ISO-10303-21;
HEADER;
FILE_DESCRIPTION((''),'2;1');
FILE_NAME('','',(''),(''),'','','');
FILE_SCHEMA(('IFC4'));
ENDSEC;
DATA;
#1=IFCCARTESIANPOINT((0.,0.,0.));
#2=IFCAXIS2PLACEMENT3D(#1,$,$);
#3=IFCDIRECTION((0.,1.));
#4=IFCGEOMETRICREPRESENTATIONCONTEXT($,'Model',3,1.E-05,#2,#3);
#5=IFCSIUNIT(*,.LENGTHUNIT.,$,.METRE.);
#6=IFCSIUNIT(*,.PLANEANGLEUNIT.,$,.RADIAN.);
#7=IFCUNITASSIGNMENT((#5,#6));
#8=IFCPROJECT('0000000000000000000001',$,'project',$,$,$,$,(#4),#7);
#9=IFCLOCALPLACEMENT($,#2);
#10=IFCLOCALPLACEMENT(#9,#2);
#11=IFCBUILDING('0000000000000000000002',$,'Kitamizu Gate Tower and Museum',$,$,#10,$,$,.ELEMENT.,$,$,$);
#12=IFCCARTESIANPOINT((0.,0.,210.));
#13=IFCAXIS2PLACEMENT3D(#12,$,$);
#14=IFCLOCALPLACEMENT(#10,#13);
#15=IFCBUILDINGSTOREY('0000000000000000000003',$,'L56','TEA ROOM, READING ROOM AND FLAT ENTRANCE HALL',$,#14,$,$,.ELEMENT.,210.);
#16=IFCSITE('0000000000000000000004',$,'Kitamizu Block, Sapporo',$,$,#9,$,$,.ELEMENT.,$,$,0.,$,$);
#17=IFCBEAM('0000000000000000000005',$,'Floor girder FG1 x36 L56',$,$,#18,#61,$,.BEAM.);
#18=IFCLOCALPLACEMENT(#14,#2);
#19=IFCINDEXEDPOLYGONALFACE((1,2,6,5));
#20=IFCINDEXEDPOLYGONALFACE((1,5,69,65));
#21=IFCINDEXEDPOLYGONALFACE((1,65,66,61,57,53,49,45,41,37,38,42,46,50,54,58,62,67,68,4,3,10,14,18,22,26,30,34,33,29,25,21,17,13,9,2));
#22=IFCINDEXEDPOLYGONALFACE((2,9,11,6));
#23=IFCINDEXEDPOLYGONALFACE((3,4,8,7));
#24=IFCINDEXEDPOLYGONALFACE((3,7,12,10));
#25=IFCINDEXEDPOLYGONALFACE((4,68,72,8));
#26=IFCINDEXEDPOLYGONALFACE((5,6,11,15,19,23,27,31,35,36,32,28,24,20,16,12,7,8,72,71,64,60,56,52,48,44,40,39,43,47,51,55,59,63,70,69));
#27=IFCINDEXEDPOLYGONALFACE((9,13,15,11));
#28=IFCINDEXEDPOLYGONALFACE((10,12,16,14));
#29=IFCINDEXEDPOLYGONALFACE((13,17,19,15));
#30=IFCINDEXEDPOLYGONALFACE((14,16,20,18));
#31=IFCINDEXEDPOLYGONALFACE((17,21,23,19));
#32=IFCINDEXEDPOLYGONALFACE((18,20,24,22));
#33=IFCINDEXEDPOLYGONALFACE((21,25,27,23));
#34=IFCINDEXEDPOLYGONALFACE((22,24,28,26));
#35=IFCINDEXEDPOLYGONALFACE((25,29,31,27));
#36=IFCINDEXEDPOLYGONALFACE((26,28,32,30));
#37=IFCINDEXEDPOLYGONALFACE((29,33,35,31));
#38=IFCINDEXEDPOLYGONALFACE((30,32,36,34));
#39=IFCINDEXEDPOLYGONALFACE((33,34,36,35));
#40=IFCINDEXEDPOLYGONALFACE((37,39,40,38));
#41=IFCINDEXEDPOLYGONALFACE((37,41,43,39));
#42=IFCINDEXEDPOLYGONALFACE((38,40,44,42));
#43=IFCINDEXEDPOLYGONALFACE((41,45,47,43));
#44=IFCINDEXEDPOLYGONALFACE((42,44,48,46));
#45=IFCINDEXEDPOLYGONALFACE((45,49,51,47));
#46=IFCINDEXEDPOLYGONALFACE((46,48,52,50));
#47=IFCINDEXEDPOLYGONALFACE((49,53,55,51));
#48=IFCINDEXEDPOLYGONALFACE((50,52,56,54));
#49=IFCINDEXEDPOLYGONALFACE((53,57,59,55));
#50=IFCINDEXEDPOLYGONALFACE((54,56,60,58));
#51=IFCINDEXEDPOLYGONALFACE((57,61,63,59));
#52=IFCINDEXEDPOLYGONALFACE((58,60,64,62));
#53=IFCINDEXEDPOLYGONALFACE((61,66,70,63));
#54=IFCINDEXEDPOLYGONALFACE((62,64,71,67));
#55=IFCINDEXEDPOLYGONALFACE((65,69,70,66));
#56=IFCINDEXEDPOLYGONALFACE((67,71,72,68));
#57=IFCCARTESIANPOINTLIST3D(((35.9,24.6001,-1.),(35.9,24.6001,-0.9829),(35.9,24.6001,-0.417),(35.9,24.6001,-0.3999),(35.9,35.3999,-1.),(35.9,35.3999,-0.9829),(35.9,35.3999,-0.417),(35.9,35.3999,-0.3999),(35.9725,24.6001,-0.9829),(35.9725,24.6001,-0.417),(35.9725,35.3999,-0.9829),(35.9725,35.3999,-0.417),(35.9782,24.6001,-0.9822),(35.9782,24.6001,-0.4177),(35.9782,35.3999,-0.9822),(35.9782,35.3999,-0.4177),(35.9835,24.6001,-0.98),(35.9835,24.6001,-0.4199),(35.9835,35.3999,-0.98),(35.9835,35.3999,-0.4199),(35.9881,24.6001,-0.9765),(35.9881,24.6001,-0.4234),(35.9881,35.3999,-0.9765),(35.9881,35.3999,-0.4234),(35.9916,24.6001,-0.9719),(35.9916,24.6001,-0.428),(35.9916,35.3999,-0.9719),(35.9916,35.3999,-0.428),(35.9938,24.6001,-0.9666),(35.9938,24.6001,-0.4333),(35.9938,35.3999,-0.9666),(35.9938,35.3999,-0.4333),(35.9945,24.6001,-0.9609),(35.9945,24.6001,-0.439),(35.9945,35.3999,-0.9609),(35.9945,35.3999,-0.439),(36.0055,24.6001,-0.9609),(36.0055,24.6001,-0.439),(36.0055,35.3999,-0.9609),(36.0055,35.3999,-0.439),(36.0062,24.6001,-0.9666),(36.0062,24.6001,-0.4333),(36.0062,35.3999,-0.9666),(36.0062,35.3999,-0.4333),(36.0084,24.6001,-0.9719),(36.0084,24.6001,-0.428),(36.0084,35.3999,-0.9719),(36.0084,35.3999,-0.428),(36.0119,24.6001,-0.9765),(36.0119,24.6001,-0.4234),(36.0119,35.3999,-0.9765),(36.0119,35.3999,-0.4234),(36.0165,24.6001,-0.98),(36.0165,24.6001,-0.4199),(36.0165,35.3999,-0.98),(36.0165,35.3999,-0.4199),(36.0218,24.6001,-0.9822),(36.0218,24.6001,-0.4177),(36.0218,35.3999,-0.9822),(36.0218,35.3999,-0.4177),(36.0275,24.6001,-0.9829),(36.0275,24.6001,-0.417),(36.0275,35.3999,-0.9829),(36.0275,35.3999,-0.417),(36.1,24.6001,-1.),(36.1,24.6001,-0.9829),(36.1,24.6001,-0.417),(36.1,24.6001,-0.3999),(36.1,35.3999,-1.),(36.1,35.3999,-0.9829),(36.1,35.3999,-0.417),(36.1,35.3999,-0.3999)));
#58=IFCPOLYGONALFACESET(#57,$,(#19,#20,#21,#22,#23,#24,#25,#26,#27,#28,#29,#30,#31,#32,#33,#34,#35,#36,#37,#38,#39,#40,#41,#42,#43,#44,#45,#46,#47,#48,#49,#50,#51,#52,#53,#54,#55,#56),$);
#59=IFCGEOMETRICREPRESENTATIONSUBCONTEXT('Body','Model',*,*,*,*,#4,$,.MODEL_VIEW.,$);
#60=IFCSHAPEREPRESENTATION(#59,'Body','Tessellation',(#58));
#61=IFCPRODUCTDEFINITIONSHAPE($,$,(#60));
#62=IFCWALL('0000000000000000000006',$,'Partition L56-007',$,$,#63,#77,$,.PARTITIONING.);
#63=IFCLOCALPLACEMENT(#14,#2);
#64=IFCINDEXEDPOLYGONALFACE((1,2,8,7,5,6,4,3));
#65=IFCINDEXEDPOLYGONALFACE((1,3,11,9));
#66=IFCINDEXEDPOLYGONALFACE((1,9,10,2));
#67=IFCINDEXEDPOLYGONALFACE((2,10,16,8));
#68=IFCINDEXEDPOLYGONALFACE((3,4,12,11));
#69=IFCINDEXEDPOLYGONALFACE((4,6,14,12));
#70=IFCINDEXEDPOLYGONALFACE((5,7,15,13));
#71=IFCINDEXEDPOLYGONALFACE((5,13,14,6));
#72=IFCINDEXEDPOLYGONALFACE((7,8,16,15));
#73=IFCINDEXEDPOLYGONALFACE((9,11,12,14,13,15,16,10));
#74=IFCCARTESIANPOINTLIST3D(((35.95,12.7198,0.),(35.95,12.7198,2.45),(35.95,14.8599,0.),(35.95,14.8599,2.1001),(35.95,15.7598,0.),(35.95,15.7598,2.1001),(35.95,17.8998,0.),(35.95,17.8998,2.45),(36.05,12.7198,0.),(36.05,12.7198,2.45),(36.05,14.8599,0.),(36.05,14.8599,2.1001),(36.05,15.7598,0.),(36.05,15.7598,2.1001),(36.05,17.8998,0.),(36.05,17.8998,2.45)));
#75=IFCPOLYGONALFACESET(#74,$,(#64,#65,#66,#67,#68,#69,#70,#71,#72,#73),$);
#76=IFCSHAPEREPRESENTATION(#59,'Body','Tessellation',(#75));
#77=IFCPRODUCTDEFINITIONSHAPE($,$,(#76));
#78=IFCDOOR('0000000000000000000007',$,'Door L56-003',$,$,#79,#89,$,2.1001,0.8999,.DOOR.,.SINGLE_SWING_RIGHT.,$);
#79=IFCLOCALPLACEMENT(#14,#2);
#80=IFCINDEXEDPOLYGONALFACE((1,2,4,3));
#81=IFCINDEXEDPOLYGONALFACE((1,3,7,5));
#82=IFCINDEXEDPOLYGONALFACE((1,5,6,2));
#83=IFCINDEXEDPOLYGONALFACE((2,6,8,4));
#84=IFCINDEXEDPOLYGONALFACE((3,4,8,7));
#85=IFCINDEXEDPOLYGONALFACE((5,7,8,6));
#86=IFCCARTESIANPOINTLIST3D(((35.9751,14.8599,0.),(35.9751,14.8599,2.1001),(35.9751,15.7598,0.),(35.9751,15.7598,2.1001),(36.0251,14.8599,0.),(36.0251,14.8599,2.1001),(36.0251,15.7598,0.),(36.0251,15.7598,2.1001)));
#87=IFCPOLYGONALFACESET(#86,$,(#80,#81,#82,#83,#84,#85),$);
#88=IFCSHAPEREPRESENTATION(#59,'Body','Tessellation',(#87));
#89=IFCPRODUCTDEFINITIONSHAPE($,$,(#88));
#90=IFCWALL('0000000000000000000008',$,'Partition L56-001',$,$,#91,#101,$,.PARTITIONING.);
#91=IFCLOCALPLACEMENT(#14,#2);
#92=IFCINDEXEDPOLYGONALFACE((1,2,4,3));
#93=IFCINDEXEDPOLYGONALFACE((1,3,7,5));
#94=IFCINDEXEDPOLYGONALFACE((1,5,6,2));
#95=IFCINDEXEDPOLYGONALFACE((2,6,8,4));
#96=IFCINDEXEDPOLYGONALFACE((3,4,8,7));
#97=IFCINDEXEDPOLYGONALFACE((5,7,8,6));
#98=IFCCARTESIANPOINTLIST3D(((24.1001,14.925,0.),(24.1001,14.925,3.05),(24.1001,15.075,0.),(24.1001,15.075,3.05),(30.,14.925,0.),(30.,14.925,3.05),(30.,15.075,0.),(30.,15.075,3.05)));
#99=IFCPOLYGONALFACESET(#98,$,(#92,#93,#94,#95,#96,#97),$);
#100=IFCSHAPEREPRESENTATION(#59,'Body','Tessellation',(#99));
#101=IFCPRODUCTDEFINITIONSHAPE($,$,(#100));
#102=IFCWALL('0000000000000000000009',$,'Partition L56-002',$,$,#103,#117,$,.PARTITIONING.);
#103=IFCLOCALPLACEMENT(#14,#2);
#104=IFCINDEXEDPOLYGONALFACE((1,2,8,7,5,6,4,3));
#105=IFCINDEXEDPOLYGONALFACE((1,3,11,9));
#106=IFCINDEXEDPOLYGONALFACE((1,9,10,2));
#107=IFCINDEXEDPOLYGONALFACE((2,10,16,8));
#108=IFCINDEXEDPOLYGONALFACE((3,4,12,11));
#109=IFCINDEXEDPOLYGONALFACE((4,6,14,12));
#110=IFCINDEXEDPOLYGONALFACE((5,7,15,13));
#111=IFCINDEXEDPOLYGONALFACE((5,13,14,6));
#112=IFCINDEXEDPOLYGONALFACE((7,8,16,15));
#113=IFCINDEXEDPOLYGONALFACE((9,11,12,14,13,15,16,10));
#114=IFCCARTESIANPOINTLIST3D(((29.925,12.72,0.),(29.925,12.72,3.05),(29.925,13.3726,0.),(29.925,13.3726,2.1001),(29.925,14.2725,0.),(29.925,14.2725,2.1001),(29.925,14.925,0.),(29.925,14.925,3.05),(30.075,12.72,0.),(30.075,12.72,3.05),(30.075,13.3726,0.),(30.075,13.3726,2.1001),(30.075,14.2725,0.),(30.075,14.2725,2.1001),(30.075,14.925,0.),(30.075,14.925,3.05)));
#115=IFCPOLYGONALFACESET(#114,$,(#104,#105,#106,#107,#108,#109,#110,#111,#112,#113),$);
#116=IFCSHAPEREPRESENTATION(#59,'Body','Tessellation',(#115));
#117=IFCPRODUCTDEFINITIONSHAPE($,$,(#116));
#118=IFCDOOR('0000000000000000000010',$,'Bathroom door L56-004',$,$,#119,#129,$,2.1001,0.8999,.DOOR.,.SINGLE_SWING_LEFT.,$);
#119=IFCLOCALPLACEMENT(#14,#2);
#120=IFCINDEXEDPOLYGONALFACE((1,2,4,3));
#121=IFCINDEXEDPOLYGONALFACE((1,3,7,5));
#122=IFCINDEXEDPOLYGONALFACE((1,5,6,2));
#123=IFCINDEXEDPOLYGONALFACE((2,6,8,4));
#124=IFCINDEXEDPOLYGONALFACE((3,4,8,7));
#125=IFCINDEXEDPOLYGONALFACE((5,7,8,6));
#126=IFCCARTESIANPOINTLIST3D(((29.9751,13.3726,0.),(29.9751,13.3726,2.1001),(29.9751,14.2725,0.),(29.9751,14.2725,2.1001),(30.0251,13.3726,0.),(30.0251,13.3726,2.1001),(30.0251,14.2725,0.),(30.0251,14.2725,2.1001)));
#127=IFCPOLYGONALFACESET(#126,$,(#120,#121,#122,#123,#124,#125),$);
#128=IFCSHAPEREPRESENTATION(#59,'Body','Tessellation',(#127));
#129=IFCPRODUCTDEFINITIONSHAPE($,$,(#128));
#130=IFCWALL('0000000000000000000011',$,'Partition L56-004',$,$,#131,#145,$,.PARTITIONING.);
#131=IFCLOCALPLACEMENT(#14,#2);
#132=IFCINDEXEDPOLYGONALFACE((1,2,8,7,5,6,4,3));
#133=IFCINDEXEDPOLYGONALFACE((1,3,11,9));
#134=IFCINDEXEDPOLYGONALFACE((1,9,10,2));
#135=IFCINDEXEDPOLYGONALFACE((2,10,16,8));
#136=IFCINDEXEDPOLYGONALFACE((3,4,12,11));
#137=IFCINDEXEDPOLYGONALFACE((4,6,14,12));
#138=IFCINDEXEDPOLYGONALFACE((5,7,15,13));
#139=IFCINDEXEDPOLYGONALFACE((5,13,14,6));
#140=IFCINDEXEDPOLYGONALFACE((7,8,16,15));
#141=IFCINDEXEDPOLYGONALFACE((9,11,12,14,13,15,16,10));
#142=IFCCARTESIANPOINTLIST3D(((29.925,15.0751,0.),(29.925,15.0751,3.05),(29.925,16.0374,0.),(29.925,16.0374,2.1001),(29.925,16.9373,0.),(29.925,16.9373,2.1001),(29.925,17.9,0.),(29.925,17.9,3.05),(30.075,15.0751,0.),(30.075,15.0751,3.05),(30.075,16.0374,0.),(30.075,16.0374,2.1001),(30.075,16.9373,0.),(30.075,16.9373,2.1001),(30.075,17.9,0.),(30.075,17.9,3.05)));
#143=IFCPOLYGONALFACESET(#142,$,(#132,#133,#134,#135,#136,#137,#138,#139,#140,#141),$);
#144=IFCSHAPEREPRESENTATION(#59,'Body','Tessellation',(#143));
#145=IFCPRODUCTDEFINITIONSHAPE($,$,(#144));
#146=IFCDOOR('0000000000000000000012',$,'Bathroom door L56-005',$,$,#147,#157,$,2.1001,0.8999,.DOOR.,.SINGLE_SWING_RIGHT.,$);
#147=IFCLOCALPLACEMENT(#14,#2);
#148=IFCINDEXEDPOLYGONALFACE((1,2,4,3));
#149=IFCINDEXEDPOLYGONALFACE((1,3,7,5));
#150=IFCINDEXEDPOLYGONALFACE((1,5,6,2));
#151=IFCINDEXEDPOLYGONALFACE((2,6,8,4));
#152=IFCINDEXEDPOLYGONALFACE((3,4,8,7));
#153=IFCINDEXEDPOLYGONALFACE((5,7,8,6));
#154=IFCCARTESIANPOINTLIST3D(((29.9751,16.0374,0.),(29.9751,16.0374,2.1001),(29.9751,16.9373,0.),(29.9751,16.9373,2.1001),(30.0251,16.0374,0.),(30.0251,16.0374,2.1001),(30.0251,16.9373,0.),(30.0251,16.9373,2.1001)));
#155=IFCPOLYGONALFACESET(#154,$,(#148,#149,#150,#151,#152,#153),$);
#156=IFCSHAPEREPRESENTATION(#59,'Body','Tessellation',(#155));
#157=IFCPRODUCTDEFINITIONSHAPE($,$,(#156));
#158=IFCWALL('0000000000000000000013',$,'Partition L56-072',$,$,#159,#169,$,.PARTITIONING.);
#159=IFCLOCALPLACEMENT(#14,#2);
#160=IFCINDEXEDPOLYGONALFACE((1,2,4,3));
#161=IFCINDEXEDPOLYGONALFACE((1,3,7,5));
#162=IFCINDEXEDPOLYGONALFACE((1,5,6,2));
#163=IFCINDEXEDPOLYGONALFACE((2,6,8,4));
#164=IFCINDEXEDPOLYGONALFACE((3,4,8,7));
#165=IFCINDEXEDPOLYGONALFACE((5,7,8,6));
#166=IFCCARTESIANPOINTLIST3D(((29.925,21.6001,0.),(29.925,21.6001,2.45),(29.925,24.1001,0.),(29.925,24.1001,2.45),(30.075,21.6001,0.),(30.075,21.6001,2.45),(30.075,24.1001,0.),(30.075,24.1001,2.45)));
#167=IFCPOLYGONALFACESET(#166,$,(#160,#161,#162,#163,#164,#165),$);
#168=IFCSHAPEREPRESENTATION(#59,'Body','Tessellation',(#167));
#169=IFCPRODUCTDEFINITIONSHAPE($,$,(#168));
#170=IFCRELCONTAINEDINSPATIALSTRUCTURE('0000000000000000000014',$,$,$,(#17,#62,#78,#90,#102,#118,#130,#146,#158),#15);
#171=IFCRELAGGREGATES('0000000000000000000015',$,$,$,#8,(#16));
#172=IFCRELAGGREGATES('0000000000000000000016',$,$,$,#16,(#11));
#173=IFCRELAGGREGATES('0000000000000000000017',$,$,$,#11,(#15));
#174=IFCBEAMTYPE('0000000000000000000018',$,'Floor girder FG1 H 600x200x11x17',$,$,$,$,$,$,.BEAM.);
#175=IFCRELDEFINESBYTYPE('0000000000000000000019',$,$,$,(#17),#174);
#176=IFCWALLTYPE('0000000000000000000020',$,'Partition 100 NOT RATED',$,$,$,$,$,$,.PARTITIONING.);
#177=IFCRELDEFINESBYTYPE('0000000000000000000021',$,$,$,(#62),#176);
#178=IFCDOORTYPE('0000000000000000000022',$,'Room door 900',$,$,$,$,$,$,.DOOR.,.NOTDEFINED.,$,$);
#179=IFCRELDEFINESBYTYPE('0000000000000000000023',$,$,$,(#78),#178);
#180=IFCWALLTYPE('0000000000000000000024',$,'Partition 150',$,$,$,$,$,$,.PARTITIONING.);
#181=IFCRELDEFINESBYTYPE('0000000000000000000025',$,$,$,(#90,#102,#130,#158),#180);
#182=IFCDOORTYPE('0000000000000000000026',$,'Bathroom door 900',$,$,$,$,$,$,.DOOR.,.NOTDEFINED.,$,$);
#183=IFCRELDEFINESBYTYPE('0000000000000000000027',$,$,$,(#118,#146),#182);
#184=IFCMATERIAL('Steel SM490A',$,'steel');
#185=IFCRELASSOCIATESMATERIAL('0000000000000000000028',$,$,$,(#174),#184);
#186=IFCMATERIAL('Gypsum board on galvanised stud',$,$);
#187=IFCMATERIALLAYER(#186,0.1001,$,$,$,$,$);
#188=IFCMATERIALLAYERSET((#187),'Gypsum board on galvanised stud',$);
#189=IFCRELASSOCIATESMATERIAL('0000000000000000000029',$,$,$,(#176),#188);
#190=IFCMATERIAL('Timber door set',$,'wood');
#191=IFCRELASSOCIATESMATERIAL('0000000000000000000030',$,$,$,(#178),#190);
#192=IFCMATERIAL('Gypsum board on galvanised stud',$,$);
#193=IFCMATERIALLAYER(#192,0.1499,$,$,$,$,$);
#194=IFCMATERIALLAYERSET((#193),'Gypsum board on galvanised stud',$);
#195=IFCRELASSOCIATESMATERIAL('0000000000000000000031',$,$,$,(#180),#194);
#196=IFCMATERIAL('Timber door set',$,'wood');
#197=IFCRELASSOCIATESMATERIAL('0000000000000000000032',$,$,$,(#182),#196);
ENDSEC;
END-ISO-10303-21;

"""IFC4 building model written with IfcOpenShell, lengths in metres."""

from ifc_helpers import new_model, si_unit, direction, frame, frame_2d, origin, origin_2d, place, context, subcontext, project, spatial, rectangle, i_section, extrude, material, layer, layer_set, material_profile, profile_set, type_object, element, fill, save


model = new_model("IFC4")

# Units and contexts
model_context = context("Model", 3, precision=1e-05, world=origin(), true_north=direction((0.0, 1.0)))
body_context = subcontext(model_context, "Body", "Model", "MODEL_VIEW")
ifc_project = project(units=[si_unit("LENGTHUNIT", "METRE"), si_unit("PLANEANGLEUNIT", "RADIAN")], contexts=[model_context])

# Site, building, storey
site_placement = place(None, origin())
site = spatial("IfcSite", under=ifc_project, at=site_placement, Name="Kitamizu Block, Sapporo", CompositionType="ELEMENT", RefElevation=0.0)
building_placement = place(site_placement, origin())
building = spatial("IfcBuilding", under=site, at=building_placement, Name="Kitamizu Gate Tower and Museum", CompositionType="ELEMENT")
storey_placement = place(building_placement, frame((0.0, 0.0, 210.0)))
storey = spatial("IfcBuildingStorey", under=building, at=storey_placement, Name="L56", Description="TEA ROOM, READING ROOM AND FLAT ENTRANCE HALL", CompositionType="ELEMENT", Elevation=210.0)

# Beam
ifc_material_1 = material(Name="Steel SM490A", Category="steel")
ifc_material_profile_1 = material_profile(ifc_material_1, i_section(OverallWidth=0.2, OverallDepth=0.6001, WebThickness=0.011, FlangeThickness=0.0171, FilletRadius=0.022, at=origin_2d()), Name="H-600x200x11x17")
ifc_profile_set_1 = profile_set([ifc_material_profile_1], Name="Steel SM490A")
beam_type_1 = type_object("IfcBeamType", Name="Floor girder FG1 H 600x200x11x17", PredefinedType="BEAM", material=ifc_profile_set_1)
beam_1_placement = place(storey_placement, frame((36.0, 24.6001, -0.7), z_axis=(0.0, 1.0, 0.0), x_axis=(-1.0, 0.0, 0.0)))
element("IfcBeam", 1, at=beam_1_placement, inside=storey, type_object=beam_type_1, Name="Floor girder FG1 x36 L56", PredefinedType="BEAM", context=body_context, shape_type="SweptSolid", body=[
    extrude(i_section(OverallWidth=0.2, OverallDepth=0.6001, WebThickness=0.011, FlangeThickness=0.0171, FilletRadius=0.022, at=origin_2d()), origin(), (0.0, 0.0, 1.0), 10.7998),
])

# Wall, opening, door
ifc_material_2 = material(Name="Gypsum board on galvanised stud")
ifc_layer_1 = layer(ifc_material_2, 0.1001)
ifc_layer_set_1 = layer_set([ifc_layer_1], Name="Gypsum board on galvanised stud")
wall_type_1 = type_object("IfcWallType", Name="Partition 100 NOT RATED", PredefinedType="PARTITIONING", material=ifc_layer_set_1)
wall_1_placement = place(storey_placement, frame((36.0, 12.72, 0.0), z_axis=(0.0, 0.0, 1.0), x_axis=(0.0, 1.0, 0.0)))
wall_1 = element("IfcWall", 2, at=wall_1_placement, inside=storey, type_object=wall_type_1, Name="Partition L56-007", PredefinedType="PARTITIONING", context=body_context, shape_type="SweptSolid", body=[
    extrude(rectangle(XDim=5.1799, YDim=0.1001, at=frame_2d((2.5898, 0.0))), origin(), (0.0, 0.0, 1.0), 2.45),
])
opening_1_placement = place(wall_1_placement, frame((2.1399, 0.0, 0.0)))
opening_1 = element("IfcOpeningElement", 3, at=opening_1_placement, cuts=wall_1, PredefinedType="OPENING", context=body_context, shape_type="SweptSolid", body=[
    extrude(rectangle(XDim=0.8999, YDim=2.1001, at=frame_2d((0.45, 1.05))), frame((0.0, 0.0601, 0.0), z_axis=(0.0, -1.0, 0.0), x_axis=(1.0, 0.0, 0.0)), (0.0, 0.0, 1.0), 0.1201),
])
ifc_material_3 = material(Name="Timber door set", Category="wood")
door_type_1 = type_object("IfcDoorType", Name="Room door 900", OperationType="NOTDEFINED", PredefinedType="DOOR", material=ifc_material_3)
door_1_placement = place(opening_1_placement, origin())
door_1 = element("IfcDoor", 4, at=door_1_placement, inside=storey, type_object=door_type_1, Name="Door L56-003", OperationType="SINGLE_SWING_RIGHT", OverallHeight=2.1001, OverallWidth=0.8999, PredefinedType="DOOR", context=body_context, shape_type="SweptSolid", body=[
    extrude(rectangle(XDim=0.8999, YDim=2.1001, at=frame_2d((0.45, 1.05))), frame((0.0, 0.0249, 0.0), z_axis=(0.0, -1.0, 0.0), x_axis=(1.0, 0.0, 0.0)), (0.0, 0.0, 1.0), 0.05),
])
fill(opening_1, door_1)

# Wall
ifc_material_4 = material(Name="Gypsum board on galvanised stud")
ifc_layer_2 = layer(ifc_material_4, 0.1499)
ifc_layer_set_2 = layer_set([ifc_layer_2], Name="Gypsum board on galvanised stud")
wall_type_2 = type_object("IfcWallType", Name="Partition 150", PredefinedType="PARTITIONING", material=ifc_layer_set_2)
wall_2_placement = place(storey_placement, frame((30.0, 15.0, 0.0), z_axis=(0.0, 0.0, 1.0), x_axis=(-1.0, 0.0, 0.0)))
element("IfcWall", 5, at=wall_2_placement, inside=storey, type_object=wall_type_2, Name="Partition L56-001", PredefinedType="PARTITIONING", context=body_context, shape_type="SweptSolid", body=[
    extrude(rectangle(XDim=5.8999, YDim=0.1499, at=frame_2d((2.95, 0.0))), origin(), (0.0, 0.0, 1.0), 3.05),
])

# Walls, openings, doors
wall_3_placement = place(storey_placement, frame((30.0, 12.72, 0.0), z_axis=(0.0, 0.0, 1.0), x_axis=(0.0, 1.0, 0.0)))
wall_3 = element("IfcWall", 6, at=wall_3_placement, inside=storey, type_object=wall_type_2, Name="Partition L56-002", PredefinedType="PARTITIONING", context=body_context, shape_type="SweptSolid", body=[
    extrude(rectangle(XDim=2.2051, YDim=0.1499, at=frame_2d((1.1025, 0.0))), origin(), (0.0, 0.0, 1.0), 3.05),
])
opening_2_placement = place(wall_3_placement, frame((0.6526, 0.0, 0.0)))
opening_2 = element("IfcOpeningElement", 7, at=opening_2_placement, cuts=wall_3, PredefinedType="OPENING", context=body_context, shape_type="SweptSolid", body=[
    extrude(rectangle(XDim=0.8999, YDim=2.1001, at=frame_2d((0.45, 1.05))), frame((0.0, 0.085, 0.0), z_axis=(0.0, -1.0, 0.0), x_axis=(1.0, 0.0, 0.0)), (0.0, 0.0, 1.0), 0.1699),
])
ifc_material_5 = material(Name="Timber door set", Category="wood")
door_type_2 = type_object("IfcDoorType", Name="Bathroom door 900", OperationType="NOTDEFINED", PredefinedType="DOOR", material=ifc_material_5)
door_2_placement = place(opening_2_placement, origin())
door_2 = element("IfcDoor", 8, at=door_2_placement, inside=storey, type_object=door_type_2, Name="Bathroom door L56-004", OperationType="SINGLE_SWING_LEFT", OverallHeight=2.1001, OverallWidth=0.8999, PredefinedType="DOOR", context=body_context, shape_type="SweptSolid", body=[
    extrude(rectangle(XDim=0.8999, YDim=2.1001, at=frame_2d((0.45, 1.05))), frame((0.0, 0.0249, 0.0), z_axis=(0.0, -1.0, 0.0), x_axis=(1.0, 0.0, 0.0)), (0.0, 0.0, 1.0), 0.05),
])
fill(opening_2, door_2)
wall_4_placement = place(storey_placement, frame((30.0, 15.075, 0.0), z_axis=(0.0, 0.0, 1.0), x_axis=(0.0, 1.0, 0.0)))
wall_4 = element("IfcWall", 9, at=wall_4_placement, inside=storey, type_object=wall_type_2, Name="Partition L56-004", PredefinedType="PARTITIONING", context=body_context, shape_type="SweptSolid", body=[
    extrude(rectangle(XDim=2.825, YDim=0.1499, at=frame_2d((1.4126, 0.0))), origin(), (0.0, 0.0, 1.0), 3.05),
])
opening_3_placement = place(wall_4_placement, frame((0.9624, 0.0, 0.0)))
opening_3 = element("IfcOpeningElement", 10, at=opening_3_placement, cuts=wall_4, PredefinedType="OPENING", context=body_context, shape_type="SweptSolid", body=[
    extrude(rectangle(XDim=0.8999, YDim=2.1001, at=frame_2d((0.45, 1.05))), frame((0.0, 0.085, 0.0), z_axis=(0.0, -1.0, 0.0), x_axis=(1.0, 0.0, 0.0)), (0.0, 0.0, 1.0), 0.1699),
])
door_3_placement = place(opening_3_placement, origin())
door_3 = element("IfcDoor", 11, at=door_3_placement, inside=storey, type_object=door_type_2, Name="Bathroom door L56-005", OperationType="SINGLE_SWING_RIGHT", OverallHeight=2.1001, OverallWidth=0.8999, PredefinedType="DOOR", context=body_context, shape_type="SweptSolid", body=[
    extrude(rectangle(XDim=0.8999, YDim=2.1001, at=frame_2d((0.45, 1.05))), frame((0.0, 0.0249, 0.0), z_axis=(0.0, -1.0, 0.0), x_axis=(1.0, 0.0, 0.0)), (0.0, 0.0, 1.0), 0.05),
])
fill(opening_3, door_3)

# Wall
wall_5_placement = place(storey_placement, frame((30.0, 21.6001, 0.0), z_axis=(0.0, 0.0, 1.0), x_axis=(0.0, 1.0, 0.0)))
element("IfcWall", 12, at=wall_5_placement, inside=storey, type_object=wall_type_2, Name="Partition L56-072", PredefinedType="PARTITIONING", context=body_context, shape_type="SweptSolid", body=[
    extrude(rectangle(XDim=2.5, YDim=0.1499, at=frame_2d((1.25, 0.0))), origin(), (0.0, 0.0, 1.0), 2.45),
])

save(model, "model.ifc")
